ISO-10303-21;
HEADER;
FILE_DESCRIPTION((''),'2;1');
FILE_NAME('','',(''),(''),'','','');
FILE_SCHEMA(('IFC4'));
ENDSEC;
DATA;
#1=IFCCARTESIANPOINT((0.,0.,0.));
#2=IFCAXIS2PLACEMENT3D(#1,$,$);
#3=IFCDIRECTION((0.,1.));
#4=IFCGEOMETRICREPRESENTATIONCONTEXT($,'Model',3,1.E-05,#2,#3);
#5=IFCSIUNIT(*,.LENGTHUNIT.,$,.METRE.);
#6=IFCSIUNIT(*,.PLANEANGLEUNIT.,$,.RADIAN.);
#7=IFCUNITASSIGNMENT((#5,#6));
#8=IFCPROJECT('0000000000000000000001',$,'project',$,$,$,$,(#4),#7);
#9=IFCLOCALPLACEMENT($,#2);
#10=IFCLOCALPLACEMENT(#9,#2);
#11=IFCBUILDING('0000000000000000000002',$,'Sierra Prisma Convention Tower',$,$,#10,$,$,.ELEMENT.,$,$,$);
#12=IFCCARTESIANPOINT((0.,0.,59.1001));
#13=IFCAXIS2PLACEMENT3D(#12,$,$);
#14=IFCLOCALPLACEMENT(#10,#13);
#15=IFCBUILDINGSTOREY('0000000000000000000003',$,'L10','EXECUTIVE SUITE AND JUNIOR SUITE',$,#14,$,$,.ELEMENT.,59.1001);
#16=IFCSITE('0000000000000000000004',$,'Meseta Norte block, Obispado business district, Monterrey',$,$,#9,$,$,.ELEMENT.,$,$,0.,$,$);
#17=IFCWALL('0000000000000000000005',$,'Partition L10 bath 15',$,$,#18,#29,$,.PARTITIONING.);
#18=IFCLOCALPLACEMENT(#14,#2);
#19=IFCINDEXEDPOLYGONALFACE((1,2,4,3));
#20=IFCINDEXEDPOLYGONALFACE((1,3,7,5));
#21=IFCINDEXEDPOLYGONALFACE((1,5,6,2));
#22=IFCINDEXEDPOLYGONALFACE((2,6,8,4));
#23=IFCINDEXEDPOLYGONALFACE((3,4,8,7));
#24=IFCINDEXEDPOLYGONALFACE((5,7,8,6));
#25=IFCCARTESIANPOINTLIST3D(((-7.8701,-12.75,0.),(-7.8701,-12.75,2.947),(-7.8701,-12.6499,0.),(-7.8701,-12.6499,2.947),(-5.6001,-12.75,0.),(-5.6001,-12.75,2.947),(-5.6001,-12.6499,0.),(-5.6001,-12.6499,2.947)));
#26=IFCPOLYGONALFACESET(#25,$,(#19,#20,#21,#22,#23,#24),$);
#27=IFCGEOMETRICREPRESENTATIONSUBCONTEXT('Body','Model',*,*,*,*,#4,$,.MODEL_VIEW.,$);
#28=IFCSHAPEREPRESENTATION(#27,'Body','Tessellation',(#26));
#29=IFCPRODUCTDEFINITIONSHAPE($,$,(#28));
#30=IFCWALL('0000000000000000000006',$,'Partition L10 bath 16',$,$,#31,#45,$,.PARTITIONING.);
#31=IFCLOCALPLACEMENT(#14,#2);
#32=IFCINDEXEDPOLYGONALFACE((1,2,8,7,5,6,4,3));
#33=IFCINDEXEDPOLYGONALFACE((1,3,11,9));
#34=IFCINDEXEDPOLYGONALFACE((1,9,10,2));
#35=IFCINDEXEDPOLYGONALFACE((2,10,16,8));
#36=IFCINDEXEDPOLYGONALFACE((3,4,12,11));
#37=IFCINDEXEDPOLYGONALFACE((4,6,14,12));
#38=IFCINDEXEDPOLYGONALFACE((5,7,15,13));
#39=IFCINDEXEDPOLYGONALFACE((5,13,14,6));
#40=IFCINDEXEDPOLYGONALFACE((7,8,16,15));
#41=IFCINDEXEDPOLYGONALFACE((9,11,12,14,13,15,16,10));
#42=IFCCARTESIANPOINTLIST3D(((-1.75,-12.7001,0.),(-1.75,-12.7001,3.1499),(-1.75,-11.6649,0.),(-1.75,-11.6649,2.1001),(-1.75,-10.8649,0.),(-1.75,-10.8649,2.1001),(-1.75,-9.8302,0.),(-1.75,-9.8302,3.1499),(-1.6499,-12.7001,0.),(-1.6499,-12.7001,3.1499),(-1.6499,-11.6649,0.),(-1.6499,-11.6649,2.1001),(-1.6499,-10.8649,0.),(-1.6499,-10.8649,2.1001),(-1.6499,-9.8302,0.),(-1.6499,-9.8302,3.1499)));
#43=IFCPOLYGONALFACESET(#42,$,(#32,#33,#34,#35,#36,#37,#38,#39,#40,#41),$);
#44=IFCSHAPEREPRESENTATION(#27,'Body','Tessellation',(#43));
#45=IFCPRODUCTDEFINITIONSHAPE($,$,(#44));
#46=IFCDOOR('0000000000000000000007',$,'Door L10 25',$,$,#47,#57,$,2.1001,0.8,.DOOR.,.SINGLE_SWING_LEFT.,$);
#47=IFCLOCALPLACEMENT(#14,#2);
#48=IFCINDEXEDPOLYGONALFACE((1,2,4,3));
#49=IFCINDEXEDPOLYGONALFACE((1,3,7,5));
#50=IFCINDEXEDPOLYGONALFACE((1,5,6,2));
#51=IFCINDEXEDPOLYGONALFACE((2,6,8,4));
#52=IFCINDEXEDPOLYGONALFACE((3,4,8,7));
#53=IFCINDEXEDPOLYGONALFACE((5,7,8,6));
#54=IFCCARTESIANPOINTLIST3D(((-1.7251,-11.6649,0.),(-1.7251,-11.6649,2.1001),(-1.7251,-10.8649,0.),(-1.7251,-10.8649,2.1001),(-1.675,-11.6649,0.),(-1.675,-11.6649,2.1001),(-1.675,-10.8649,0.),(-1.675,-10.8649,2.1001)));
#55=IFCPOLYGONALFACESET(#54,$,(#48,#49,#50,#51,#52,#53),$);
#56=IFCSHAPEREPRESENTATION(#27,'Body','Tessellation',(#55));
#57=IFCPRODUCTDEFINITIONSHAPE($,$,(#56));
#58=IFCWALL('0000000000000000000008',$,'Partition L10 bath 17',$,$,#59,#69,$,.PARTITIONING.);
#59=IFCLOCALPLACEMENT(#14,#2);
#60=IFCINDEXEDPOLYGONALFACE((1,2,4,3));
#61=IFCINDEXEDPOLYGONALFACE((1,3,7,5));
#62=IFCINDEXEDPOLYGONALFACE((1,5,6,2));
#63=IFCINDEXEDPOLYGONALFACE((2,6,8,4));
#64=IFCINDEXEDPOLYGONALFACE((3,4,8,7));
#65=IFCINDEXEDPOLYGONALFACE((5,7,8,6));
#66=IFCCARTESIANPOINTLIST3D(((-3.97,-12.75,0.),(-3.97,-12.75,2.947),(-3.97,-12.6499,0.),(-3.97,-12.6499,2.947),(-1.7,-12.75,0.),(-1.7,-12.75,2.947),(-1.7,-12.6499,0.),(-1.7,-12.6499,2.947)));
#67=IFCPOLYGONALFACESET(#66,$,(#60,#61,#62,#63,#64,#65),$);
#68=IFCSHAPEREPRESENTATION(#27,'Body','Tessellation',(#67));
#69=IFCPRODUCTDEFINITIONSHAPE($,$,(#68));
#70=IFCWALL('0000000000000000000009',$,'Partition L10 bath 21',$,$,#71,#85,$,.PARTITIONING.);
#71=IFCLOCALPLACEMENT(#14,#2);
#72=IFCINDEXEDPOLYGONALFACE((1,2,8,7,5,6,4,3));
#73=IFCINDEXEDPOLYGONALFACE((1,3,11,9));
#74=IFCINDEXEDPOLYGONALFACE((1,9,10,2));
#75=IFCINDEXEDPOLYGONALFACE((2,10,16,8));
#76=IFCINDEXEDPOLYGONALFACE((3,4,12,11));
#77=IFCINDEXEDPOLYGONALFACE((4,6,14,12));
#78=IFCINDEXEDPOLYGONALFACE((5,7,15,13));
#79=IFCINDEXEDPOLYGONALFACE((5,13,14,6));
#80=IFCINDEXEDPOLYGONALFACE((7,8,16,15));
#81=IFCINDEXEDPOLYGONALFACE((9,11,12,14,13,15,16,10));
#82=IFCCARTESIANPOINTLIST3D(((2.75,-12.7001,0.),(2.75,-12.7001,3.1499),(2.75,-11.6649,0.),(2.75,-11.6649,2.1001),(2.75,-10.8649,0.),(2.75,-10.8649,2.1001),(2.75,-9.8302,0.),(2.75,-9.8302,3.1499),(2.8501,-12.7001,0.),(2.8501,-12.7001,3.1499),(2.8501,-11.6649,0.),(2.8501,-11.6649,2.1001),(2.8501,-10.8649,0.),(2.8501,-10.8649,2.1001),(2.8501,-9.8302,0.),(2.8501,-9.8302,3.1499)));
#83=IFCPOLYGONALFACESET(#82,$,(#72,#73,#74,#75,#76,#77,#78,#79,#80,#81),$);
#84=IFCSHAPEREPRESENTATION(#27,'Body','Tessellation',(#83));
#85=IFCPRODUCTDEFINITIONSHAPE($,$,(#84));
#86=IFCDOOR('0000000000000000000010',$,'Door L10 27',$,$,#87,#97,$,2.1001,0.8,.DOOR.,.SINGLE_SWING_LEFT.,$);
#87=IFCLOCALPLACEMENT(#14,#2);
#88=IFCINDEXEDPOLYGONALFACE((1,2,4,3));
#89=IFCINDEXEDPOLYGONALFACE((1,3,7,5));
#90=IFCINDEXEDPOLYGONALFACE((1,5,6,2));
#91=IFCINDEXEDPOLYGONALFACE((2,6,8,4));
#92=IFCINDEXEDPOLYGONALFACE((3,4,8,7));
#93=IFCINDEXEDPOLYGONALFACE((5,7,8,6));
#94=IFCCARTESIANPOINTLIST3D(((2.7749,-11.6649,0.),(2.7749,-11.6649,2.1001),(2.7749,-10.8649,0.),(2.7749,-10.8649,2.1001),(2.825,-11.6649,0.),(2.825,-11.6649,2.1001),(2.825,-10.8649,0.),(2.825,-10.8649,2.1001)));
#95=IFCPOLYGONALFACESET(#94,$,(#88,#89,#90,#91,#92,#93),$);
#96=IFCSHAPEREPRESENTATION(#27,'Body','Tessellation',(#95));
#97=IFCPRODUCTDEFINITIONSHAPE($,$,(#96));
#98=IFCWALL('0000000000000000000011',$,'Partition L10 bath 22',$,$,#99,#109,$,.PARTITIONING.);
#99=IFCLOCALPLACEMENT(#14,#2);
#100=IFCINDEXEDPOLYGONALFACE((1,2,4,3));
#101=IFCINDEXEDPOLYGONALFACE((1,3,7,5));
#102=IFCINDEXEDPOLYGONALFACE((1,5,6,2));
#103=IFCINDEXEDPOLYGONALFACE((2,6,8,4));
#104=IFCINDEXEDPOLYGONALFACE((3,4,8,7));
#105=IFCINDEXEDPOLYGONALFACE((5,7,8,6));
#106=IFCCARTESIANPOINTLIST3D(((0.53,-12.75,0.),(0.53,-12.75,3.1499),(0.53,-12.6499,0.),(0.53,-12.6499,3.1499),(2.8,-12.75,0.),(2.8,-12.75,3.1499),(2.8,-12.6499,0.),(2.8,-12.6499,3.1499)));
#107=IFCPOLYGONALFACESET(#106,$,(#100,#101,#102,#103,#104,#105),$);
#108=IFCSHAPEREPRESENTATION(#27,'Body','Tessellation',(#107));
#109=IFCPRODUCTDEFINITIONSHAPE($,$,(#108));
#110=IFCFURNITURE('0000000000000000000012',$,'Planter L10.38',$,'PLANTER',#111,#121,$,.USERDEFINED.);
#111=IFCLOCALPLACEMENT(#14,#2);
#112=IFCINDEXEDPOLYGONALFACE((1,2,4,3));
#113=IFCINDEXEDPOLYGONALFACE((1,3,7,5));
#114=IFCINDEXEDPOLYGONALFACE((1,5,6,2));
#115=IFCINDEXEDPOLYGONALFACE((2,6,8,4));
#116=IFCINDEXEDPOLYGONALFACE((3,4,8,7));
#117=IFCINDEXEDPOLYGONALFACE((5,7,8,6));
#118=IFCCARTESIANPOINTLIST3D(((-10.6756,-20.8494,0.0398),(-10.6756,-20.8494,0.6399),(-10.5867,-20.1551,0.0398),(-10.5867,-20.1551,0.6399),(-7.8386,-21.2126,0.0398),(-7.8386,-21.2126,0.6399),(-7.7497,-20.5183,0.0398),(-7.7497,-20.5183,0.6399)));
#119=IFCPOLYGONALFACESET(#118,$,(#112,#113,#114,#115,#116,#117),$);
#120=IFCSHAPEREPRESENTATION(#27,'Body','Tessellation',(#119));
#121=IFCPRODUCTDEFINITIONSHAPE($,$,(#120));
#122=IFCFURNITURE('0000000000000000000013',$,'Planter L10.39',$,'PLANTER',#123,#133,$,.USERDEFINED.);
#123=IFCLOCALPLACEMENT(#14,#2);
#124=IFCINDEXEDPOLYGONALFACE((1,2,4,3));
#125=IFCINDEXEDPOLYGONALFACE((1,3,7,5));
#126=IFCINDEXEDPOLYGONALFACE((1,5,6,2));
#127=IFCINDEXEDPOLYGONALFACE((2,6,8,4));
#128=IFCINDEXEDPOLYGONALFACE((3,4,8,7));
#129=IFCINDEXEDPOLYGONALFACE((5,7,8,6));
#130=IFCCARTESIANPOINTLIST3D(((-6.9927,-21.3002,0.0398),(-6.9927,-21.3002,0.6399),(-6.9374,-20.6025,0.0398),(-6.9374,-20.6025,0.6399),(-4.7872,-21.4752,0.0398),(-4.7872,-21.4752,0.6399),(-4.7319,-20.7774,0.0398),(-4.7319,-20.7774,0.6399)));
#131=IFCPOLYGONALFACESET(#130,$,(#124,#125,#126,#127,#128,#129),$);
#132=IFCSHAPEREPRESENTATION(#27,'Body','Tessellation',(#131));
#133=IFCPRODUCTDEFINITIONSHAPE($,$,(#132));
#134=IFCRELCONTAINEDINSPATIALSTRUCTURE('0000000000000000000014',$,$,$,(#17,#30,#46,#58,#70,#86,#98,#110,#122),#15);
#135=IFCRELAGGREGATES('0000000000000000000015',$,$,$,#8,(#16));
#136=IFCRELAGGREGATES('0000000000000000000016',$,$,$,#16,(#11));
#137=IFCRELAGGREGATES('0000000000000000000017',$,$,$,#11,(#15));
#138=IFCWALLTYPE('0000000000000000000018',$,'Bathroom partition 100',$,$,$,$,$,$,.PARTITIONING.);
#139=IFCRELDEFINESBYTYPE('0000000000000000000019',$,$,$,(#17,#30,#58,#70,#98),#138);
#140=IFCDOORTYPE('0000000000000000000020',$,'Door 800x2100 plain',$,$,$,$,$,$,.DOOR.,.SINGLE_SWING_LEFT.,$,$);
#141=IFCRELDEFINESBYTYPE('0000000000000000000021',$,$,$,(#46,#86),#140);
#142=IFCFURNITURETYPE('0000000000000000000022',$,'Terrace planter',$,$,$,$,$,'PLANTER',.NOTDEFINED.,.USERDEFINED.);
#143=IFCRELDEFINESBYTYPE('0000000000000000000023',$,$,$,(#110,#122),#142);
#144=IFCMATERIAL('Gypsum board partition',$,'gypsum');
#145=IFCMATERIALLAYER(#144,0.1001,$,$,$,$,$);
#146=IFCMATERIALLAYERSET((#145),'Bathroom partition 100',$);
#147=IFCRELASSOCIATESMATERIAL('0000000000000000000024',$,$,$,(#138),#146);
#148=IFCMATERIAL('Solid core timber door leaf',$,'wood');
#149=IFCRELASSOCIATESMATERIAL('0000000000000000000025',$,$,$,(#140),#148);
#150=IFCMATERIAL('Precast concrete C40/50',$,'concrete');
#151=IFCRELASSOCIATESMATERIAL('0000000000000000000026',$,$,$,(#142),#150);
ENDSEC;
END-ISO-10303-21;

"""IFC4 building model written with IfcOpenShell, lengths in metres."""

from ifc_helpers import new_model, si_unit, direction, frame, frame_2d, origin, origin_2d, place, context, subcontext, project, spatial, rectangle, extrude, material, layer, layer_set, type_object, element, fill, save


model = new_model("IFC4")

# Units and contexts
model_context = context("Model", 3, precision=1e-05, world=origin(), true_north=direction((0.0, 1.0)))
body_context = subcontext(model_context, "Body", "Model", "MODEL_VIEW")
ifc_project = project(units=[si_unit("LENGTHUNIT", "METRE"), si_unit("PLANEANGLEUNIT", "RADIAN")], contexts=[model_context])

# Site, building, storey
site_placement = place(None, origin())
site = spatial("IfcSite", under=ifc_project, at=site_placement, Name="Meseta Norte block, Obispado business district, Monterrey", CompositionType="ELEMENT", RefElevation=0.0)
building_placement = place(site_placement, origin())
building = spatial("IfcBuilding", under=site, at=building_placement, Name="Sierra Prisma Convention Tower", CompositionType="ELEMENT")
storey_placement = place(building_placement, frame((0.0, 0.0, 59.1001)))
storey = spatial("IfcBuildingStorey", under=building, at=storey_placement, Name="L10", Description="EXECUTIVE SUITE AND JUNIOR SUITE", CompositionType="ELEMENT", Elevation=59.1001)

# Shared definitions
ifc_material_1 = material(Name="Gypsum board partition", Category="gypsum")
ifc_layer_1 = layer(ifc_material_1, 0.1001)
ifc_layer_set_1 = layer_set([ifc_layer_1], Name="Bathroom partition 100")
wall_type = type_object("IfcWallType", Name="Bathroom partition 100", PredefinedType="PARTITIONING", material=ifc_layer_set_1)
ifc_material_2 = material(Name="Solid core timber door leaf", Category="wood")
door_type = type_object("IfcDoorType", Name="Door 800x2100 plain", OperationType="SINGLE_SWING_LEFT", PredefinedType="DOOR", material=ifc_material_2)

# Wall
wall_1_placement = place(storey_placement, frame((-5.6001, -12.7, 0.0), z_axis=(0.0, 0.0, 1.0), x_axis=(-1.0, 0.0, 0.0)))
element("IfcWall", 1, at=wall_1_placement, inside=storey, type_object=wall_type, Name="Partition L10 bath 15", PredefinedType="PARTITIONING", context=body_context, shape_type="SweptSolid", body=[
    extrude(rectangle(XDim=2.27, YDim=0.1001, at=frame_2d((1.135, 0.0))), origin(), (0.0, 0.0, 1.0), 2.947),
])

# Wall, opening, door
wall_2_placement = place(storey_placement, frame((-1.7, -9.8301, 0.0), z_axis=(0.0, 0.0, 1.0), x_axis=(0.0, -1.0, 0.0)))
wall_2 = element("IfcWall", 2, at=wall_2_placement, inside=storey, type_object=wall_type, Name="Partition L10 bath 16", PredefinedType="PARTITIONING", context=body_context, shape_type="SweptSolid", body=[
    extrude(rectangle(XDim=2.8699, YDim=0.1001, at=frame_2d((1.4351, 0.0))), origin(), (0.0, 0.0, 1.0), 3.1499),
])
opening_1_placement = place(wall_2_placement, frame((1.0349, 0.0, 0.0)))
opening_1 = element("IfcOpeningElement", 3, at=opening_1_placement, cuts=wall_2, PredefinedType="OPENING", context=body_context, shape_type="SweptSolid", body=[
    extrude(rectangle(XDim=0.8, YDim=2.1001, at=frame_2d((0.3999, 1.05))), frame((0.0, 0.05, 0.0), z_axis=(0.0, -1.0, 0.0), x_axis=(1.0, 0.0, 0.0)), (0.0, 0.0, 1.0), 0.1001),
])
door_1_placement = place(opening_1_placement, origin())
door_1 = element("IfcDoor", 4, at=door_1_placement, inside=storey, type_object=door_type, Name="Door L10 25", OperationType="SINGLE_SWING_LEFT", OverallHeight=2.1001, OverallWidth=0.8, PredefinedType="DOOR", context=body_context, shape_type="SweptSolid", body=[
    extrude(rectangle(XDim=0.8, YDim=2.1001, at=frame_2d((0.3999, 1.05))), frame((0.0, 0.0249, 0.0), z_axis=(0.0, -1.0, 0.0), x_axis=(1.0, 0.0, 0.0)), (0.0, 0.0, 1.0), 0.05),
])
fill(opening_1, door_1)

# Wall
wall_3_placement = place(storey_placement, frame((-1.7, -12.7, 0.0), z_axis=(0.0, 0.0, 1.0), x_axis=(-1.0, 0.0, 0.0)))
element("IfcWall", 5, at=wall_3_placement, inside=storey, type_object=wall_type, Name="Partition L10 bath 17", PredefinedType="PARTITIONING", context=body_context, shape_type="SweptSolid", body=[
    extrude(rectangle(XDim=2.27, YDim=0.1001, at=frame_2d((1.135, 0.0))), origin(), (0.0, 0.0, 1.0), 2.947),
])

# Wall, opening, door
wall_4_placement = place(storey_placement, frame((2.8, -9.8301, 0.0), z_axis=(0.0, 0.0, 1.0), x_axis=(0.0, -1.0, 0.0)))
wall_4 = element("IfcWall", 6, at=wall_4_placement, inside=storey, type_object=wall_type, Name="Partition L10 bath 21", PredefinedType="PARTITIONING", context=body_context, shape_type="SweptSolid", body=[
    extrude(rectangle(XDim=2.8699, YDim=0.1001, at=frame_2d((1.4351, 0.0))), origin(), (0.0, 0.0, 1.0), 3.1499),
])
opening_2_placement = place(wall_4_placement, frame((1.0349, 0.0, 0.0)))
opening_2 = element("IfcOpeningElement", 7, at=opening_2_placement, cuts=wall_4, PredefinedType="OPENING", context=body_context, shape_type="SweptSolid", body=[
    extrude(rectangle(XDim=0.8, YDim=2.1001, at=frame_2d((0.3999, 1.05))), frame((0.0, 0.05, 0.0), z_axis=(0.0, -1.0, 0.0), x_axis=(1.0, 0.0, 0.0)), (0.0, 0.0, 1.0), 0.1001),
])
door_2_placement = place(opening_2_placement, origin())
door_2 = element("IfcDoor", 8, at=door_2_placement, inside=storey, type_object=door_type, Name="Door L10 27", OperationType="SINGLE_SWING_LEFT", OverallHeight=2.1001, OverallWidth=0.8, PredefinedType="DOOR", context=body_context, shape_type="SweptSolid", body=[
    extrude(rectangle(XDim=0.8, YDim=2.1001, at=frame_2d((0.3999, 1.05))), frame((0.0, 0.0249, 0.0), z_axis=(0.0, -1.0, 0.0), x_axis=(1.0, 0.0, 0.0)), (0.0, 0.0, 1.0), 0.05),
])
fill(opening_2, door_2)

# Wall
wall_5_placement = place(storey_placement, frame((2.8, -12.7, 0.0), z_axis=(0.0, 0.0, 1.0), x_axis=(-1.0, 0.0, 0.0)))
element("IfcWall", 9, at=wall_5_placement, inside=storey, type_object=wall_type, Name="Partition L10 bath 22", PredefinedType="PARTITIONING", context=body_context, shape_type="SweptSolid", body=[
    extrude(rectangle(XDim=2.27, YDim=0.1001, at=frame_2d((1.135, 0.0))), origin(), (0.0, 0.0, 1.0), 3.1499),
])

# Furniture
ifc_material_3 = material(Name="Precast concrete C40/50", Category="concrete")
furniture_type = type_object("IfcFurnitureType", Name="Terrace planter", ElementType="PLANTER", AssemblyPlace="NOTDEFINED", PredefinedType="USERDEFINED", material=ifc_material_3)
furniture_1_placement = place(storey_placement, frame((-9.2126, -20.6838, 0.0398), z_axis=(0.0, 0.0, 1.0), x_axis=(0.991904, -0.126993, 0.0)))
element("IfcFurniture", 10, at=furniture_1_placement, inside=storey, type_object=furniture_type, Name="Planter L10.38", ObjectType="PLANTER", PredefinedType="USERDEFINED", context=body_context, shape_type="SweptSolid", body=[
    extrude(rectangle(XDim=2.8601, YDim=0.7, at=origin_2d()), origin(), (0.0, 0.0, 1.0), 0.6001),
])
furniture_2_placement = place(storey_placement, frame((-5.8623, -21.0388, 0.0398), z_axis=(0.0, 0.0, 1.0), x_axis=(0.99687, -0.079058, 0.0)))
element("IfcFurniture", 11, at=furniture_2_placement, inside=storey, type_object=furniture_type, Name="Planter L10.39", ObjectType="PLANTER", PredefinedType="USERDEFINED", context=body_context, shape_type="SweptSolid", body=[
    extrude(rectangle(XDim=2.2124, YDim=0.7, at=origin_2d()), origin(), (0.0, 0.0, 1.0), 0.6001),
])

save(model, "model.ifc")
